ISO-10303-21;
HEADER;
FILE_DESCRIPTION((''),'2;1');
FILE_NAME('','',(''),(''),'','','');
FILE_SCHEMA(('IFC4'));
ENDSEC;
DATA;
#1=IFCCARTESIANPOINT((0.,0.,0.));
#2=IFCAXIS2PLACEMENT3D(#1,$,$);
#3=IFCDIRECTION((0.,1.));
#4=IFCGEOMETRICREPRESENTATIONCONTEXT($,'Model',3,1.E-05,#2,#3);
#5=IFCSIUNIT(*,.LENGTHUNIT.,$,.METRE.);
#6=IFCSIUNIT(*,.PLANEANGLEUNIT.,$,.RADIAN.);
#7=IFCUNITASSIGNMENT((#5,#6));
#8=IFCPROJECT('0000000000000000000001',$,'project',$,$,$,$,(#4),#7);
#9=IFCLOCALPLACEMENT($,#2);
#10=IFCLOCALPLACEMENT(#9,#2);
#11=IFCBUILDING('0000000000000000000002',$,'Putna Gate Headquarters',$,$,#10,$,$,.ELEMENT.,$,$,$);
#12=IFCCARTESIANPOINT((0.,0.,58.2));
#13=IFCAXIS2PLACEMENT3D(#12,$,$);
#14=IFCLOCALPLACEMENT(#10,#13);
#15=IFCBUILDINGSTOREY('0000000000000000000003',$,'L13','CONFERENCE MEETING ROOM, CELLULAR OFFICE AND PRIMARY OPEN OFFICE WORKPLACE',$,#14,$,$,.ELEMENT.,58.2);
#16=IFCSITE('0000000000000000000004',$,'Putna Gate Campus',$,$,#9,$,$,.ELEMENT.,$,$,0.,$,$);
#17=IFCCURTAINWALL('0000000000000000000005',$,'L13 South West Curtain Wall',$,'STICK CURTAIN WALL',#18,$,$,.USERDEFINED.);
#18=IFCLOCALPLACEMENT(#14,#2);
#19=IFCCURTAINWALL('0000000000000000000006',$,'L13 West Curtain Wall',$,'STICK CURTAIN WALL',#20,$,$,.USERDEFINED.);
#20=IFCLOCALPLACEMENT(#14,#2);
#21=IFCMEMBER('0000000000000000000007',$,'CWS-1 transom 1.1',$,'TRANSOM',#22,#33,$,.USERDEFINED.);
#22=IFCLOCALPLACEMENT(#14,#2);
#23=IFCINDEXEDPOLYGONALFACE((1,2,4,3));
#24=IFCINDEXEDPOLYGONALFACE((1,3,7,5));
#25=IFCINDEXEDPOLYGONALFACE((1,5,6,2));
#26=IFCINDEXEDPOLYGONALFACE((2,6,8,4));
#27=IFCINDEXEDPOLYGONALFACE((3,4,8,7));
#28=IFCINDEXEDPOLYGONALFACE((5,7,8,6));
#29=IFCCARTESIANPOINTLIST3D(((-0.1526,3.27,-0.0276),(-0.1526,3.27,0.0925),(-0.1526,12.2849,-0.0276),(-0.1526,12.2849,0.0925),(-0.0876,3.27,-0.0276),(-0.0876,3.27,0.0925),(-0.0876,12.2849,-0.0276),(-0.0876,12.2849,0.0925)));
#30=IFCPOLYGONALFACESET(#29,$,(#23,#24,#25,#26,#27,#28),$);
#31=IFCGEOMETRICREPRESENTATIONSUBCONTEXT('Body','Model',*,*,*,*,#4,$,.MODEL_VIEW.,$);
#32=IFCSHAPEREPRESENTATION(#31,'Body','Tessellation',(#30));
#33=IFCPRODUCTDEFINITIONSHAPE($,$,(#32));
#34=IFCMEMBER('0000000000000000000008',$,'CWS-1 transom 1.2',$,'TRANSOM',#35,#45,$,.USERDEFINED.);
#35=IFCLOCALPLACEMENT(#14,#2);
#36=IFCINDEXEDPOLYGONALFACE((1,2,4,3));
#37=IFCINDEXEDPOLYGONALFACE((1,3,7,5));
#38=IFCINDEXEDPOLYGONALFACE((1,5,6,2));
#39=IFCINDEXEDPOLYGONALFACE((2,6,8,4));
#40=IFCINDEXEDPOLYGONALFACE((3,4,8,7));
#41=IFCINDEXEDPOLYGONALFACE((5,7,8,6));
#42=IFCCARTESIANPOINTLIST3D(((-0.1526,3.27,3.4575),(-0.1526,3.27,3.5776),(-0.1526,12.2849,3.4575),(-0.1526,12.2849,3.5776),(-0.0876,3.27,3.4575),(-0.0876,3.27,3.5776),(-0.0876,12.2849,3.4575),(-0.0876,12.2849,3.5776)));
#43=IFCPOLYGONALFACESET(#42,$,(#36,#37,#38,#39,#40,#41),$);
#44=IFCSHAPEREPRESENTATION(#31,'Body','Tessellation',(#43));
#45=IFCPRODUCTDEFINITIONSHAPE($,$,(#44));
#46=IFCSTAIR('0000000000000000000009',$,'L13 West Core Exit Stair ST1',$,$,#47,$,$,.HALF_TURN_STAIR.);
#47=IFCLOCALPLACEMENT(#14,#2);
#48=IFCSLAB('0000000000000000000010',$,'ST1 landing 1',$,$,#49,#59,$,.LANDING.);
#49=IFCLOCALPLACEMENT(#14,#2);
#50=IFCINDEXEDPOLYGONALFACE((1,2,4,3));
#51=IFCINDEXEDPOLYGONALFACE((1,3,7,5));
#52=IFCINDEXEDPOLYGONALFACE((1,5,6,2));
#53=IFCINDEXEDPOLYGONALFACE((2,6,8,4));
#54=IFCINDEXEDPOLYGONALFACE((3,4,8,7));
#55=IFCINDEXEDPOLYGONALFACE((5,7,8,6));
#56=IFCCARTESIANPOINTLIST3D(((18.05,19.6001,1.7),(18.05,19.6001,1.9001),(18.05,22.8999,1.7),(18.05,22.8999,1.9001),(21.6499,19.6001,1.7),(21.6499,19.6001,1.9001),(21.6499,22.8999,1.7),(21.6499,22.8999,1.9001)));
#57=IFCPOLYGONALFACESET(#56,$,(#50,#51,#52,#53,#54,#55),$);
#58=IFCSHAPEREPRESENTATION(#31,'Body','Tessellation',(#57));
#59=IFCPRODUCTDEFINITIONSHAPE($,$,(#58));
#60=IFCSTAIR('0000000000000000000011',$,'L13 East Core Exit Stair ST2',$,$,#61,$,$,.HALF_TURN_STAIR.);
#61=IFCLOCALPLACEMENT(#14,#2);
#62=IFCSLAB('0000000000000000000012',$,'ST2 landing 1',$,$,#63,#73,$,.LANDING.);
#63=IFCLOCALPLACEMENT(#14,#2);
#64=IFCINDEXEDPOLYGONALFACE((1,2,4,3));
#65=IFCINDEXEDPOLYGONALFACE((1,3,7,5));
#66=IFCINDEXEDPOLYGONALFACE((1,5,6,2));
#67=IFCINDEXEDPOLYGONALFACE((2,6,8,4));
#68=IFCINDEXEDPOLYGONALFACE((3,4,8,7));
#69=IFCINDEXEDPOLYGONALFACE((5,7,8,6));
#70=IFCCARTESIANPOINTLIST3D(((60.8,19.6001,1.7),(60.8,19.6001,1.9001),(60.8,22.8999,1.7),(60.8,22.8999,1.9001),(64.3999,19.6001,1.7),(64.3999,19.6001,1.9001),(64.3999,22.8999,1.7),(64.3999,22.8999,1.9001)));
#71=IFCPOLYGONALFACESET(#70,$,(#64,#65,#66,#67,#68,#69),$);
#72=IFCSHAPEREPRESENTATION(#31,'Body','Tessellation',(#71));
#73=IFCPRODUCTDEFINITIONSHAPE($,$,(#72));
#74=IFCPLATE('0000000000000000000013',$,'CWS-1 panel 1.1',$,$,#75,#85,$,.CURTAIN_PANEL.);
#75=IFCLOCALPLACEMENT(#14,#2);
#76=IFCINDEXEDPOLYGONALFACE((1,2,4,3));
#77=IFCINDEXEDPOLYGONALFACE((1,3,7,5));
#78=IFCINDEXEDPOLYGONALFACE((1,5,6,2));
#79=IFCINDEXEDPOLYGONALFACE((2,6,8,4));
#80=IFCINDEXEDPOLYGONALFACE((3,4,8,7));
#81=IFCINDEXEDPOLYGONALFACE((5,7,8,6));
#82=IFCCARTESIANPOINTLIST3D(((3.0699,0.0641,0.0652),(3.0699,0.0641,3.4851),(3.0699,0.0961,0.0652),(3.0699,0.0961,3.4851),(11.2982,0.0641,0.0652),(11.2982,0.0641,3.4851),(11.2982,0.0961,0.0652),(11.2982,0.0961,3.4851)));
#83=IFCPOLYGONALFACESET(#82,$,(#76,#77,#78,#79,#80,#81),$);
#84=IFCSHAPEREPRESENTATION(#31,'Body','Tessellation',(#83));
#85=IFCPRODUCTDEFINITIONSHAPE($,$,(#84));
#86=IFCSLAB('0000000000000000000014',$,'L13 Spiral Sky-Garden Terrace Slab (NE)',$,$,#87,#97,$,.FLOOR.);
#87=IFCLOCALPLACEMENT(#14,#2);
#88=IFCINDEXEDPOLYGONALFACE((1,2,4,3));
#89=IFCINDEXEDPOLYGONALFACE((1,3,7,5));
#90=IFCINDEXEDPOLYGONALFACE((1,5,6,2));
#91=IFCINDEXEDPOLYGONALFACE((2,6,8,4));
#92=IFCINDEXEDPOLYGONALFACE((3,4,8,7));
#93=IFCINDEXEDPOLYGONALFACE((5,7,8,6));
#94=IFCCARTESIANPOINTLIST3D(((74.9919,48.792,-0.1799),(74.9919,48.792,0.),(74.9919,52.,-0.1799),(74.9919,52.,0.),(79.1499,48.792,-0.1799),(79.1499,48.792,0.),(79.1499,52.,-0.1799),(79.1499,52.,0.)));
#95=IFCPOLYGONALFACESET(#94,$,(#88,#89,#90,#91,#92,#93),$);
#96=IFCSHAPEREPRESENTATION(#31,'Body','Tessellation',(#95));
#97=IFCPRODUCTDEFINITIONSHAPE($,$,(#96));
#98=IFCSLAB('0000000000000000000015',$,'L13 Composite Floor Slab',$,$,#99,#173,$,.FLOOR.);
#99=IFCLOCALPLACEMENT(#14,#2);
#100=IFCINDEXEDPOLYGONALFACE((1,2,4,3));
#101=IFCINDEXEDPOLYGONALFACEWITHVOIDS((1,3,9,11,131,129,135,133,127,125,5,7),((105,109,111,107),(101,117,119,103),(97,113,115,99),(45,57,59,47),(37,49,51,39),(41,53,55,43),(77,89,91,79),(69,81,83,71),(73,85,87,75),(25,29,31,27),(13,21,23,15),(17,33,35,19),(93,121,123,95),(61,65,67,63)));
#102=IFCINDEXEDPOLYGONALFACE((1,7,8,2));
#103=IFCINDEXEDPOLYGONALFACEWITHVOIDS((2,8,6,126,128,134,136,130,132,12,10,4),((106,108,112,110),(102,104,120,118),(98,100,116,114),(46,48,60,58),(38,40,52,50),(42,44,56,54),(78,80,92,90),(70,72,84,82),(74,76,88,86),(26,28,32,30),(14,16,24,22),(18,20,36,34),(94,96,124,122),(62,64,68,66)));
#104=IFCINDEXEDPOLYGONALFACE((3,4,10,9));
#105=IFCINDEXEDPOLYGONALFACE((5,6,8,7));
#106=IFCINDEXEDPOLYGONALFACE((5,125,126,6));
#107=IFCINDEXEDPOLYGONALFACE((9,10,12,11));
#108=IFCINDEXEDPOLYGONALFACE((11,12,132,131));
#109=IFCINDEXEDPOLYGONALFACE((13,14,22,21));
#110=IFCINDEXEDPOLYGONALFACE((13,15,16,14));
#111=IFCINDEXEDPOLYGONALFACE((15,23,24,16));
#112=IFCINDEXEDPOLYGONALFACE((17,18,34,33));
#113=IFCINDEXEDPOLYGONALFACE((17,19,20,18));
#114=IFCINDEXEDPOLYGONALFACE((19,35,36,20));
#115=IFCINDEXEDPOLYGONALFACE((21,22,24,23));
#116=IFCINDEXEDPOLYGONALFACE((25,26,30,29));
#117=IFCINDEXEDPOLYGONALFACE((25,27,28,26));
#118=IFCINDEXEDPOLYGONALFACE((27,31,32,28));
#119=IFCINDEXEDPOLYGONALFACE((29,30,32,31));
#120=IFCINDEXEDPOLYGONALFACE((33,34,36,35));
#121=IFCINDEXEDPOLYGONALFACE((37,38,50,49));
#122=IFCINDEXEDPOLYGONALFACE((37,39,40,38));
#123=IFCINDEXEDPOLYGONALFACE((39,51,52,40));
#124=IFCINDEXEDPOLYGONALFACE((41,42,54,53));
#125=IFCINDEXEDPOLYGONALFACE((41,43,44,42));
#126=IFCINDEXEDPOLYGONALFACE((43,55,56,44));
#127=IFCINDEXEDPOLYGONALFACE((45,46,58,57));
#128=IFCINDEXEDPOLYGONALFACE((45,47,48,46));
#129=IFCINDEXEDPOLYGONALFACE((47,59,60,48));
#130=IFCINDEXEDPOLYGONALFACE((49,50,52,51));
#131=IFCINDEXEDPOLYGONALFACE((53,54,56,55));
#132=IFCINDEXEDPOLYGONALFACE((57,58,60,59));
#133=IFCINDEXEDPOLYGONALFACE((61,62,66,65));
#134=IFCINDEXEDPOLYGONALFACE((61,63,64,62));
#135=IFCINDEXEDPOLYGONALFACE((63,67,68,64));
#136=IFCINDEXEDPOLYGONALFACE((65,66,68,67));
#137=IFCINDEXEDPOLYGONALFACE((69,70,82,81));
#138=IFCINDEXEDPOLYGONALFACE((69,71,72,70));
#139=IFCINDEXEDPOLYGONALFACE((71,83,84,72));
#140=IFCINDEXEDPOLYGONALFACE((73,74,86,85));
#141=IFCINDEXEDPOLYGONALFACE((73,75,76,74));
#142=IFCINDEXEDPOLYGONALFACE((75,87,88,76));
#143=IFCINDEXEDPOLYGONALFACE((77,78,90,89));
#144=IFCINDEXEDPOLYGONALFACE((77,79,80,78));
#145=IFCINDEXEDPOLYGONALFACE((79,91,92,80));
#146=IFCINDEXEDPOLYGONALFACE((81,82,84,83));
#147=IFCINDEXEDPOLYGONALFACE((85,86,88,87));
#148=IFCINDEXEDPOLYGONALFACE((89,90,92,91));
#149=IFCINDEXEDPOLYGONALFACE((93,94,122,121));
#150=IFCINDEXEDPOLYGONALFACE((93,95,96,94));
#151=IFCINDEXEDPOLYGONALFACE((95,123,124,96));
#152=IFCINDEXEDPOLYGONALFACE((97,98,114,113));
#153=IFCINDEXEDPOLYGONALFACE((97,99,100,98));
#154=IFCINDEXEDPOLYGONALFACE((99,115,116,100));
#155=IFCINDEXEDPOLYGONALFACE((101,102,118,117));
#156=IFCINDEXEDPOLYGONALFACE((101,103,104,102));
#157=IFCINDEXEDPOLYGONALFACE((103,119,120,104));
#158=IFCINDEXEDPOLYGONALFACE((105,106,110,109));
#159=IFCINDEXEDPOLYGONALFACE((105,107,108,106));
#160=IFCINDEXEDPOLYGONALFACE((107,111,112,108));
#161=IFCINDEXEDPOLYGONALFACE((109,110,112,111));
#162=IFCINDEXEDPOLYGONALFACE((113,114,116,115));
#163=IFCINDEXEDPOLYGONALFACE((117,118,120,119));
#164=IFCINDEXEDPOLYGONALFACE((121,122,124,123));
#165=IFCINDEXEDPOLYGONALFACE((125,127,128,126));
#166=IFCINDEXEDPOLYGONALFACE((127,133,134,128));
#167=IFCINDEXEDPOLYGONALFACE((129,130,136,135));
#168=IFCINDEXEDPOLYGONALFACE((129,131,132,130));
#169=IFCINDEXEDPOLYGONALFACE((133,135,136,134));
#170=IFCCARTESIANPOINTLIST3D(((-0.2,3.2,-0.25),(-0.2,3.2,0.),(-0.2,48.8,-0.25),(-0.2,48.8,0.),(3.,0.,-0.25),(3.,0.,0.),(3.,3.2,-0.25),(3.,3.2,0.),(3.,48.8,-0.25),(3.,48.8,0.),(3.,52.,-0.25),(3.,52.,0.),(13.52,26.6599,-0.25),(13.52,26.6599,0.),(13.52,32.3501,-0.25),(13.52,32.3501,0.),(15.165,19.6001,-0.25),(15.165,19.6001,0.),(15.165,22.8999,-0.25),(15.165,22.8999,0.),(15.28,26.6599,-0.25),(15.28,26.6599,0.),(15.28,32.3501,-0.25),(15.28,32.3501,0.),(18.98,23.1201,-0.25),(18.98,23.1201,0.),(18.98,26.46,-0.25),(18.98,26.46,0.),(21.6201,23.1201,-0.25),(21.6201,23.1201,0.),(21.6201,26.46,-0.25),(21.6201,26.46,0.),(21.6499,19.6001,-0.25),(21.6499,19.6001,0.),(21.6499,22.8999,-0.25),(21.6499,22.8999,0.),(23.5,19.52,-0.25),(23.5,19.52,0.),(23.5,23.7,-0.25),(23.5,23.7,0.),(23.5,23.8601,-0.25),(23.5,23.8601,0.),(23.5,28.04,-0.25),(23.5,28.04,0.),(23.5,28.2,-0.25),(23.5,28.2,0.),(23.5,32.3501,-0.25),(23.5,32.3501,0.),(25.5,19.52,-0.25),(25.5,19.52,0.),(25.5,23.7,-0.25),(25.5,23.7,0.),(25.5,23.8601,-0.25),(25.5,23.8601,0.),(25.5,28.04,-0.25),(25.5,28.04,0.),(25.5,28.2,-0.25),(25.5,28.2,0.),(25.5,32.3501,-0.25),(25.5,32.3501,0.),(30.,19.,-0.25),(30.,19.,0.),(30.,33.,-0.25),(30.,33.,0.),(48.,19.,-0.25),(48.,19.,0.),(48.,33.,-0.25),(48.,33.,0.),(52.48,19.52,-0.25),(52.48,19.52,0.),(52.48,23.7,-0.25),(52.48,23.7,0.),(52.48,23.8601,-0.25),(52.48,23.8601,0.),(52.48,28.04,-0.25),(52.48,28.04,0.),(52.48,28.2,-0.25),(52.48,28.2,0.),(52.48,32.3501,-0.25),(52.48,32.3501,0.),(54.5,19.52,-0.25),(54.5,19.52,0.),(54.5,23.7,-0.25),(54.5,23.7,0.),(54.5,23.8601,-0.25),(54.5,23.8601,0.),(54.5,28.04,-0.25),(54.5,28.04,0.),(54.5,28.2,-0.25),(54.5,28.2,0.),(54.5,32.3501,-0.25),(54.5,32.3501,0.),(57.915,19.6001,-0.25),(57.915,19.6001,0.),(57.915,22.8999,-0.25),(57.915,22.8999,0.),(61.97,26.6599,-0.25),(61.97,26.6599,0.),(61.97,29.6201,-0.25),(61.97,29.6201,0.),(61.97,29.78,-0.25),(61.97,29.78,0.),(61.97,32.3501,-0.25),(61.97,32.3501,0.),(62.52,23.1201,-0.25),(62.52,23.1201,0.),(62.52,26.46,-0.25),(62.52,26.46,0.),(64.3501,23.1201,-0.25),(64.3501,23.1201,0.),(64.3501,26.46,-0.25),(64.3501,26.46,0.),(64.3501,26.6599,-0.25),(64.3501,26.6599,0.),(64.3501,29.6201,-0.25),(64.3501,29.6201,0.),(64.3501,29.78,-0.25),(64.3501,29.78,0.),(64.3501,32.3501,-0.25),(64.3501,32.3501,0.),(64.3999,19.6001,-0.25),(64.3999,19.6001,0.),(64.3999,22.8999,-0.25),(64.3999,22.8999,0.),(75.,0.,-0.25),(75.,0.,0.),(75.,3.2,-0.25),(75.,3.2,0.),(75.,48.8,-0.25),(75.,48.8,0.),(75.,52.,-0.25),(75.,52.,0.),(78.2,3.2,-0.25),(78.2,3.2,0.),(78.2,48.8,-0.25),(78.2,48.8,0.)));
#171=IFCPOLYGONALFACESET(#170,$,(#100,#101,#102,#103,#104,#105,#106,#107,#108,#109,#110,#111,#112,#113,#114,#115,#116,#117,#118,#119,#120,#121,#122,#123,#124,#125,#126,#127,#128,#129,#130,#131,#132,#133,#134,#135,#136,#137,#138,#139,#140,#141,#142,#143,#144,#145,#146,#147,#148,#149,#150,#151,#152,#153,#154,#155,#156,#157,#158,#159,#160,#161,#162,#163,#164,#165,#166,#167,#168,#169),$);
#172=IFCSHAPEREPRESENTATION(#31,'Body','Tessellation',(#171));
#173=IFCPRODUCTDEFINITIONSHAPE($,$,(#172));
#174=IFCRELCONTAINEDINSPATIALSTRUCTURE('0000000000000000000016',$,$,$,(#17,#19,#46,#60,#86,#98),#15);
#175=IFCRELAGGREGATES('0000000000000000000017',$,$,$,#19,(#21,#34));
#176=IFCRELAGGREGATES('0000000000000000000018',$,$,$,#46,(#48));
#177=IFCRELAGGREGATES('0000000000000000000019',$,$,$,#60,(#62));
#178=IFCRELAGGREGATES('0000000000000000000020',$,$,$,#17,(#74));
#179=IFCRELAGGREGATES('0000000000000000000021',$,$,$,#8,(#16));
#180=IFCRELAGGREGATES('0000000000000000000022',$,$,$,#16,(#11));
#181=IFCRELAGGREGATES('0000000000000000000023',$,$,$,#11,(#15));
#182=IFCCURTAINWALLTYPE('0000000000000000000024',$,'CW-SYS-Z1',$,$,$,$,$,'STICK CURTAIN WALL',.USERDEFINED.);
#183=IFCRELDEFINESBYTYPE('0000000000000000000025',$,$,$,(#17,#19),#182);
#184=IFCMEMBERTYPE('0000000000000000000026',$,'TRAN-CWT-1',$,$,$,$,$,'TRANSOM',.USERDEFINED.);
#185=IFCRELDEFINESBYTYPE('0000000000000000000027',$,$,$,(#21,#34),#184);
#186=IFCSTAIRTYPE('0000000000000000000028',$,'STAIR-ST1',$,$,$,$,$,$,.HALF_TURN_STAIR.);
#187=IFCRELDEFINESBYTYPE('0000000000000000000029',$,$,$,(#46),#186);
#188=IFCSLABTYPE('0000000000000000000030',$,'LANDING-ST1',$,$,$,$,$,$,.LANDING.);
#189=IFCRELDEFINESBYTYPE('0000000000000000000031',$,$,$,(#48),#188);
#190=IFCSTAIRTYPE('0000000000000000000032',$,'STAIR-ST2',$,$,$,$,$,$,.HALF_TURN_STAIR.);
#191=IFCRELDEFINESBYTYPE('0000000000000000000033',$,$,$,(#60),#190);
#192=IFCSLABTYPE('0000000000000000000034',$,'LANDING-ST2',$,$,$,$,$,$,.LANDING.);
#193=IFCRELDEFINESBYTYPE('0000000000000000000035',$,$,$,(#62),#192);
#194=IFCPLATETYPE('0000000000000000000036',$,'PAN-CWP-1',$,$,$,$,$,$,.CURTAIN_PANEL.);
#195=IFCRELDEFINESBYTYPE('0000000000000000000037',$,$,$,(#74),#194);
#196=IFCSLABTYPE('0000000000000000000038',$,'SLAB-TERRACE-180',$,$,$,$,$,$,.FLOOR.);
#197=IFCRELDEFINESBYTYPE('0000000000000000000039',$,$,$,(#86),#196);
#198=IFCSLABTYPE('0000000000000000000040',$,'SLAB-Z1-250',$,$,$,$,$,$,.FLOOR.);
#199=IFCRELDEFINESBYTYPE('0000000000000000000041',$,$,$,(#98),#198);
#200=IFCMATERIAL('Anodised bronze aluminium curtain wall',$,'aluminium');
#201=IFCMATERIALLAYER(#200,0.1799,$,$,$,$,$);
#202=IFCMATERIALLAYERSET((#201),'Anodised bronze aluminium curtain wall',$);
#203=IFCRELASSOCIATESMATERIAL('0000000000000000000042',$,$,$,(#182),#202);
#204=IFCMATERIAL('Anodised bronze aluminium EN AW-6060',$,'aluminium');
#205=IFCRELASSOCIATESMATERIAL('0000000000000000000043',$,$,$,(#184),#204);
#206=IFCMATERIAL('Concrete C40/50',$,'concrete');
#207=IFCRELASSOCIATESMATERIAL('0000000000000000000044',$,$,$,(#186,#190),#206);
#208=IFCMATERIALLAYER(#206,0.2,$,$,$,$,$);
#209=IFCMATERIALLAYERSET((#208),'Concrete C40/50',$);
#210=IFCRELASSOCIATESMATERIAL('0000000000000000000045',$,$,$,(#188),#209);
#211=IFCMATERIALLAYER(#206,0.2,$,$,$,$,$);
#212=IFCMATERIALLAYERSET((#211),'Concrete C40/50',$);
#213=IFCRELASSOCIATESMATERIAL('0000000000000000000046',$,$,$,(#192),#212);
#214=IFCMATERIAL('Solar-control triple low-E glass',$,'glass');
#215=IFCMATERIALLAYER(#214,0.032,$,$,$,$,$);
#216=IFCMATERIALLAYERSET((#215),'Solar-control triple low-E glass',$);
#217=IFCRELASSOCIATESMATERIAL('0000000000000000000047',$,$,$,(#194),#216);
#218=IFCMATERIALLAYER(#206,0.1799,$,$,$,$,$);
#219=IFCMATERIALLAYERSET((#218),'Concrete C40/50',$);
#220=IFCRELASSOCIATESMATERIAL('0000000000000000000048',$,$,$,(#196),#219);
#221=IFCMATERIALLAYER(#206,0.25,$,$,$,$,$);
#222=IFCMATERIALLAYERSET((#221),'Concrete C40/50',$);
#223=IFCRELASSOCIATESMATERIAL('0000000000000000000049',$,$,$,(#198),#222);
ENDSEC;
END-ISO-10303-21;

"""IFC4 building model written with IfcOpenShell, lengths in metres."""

from ifc_helpers import new_model, si_unit, direction, frame, origin, origin_2d, place, context, subcontext, project, spatial, polyline, rectangle, outline, extrude, material, layer, layer_set, material_profile, profile_set, type_object, element, aggregate, save


model = new_model("IFC4")

# Units and contexts
model_context = context("Model", 3, precision=1e-05, world=origin(), true_north=direction((0.0, 1.0)))
body_context = subcontext(model_context, "Body", "Model", "MODEL_VIEW")
ifc_project = project(units=[si_unit("LENGTHUNIT", "METRE"), si_unit("PLANEANGLEUNIT", "RADIAN")], contexts=[model_context])

# Site, building, storey
site_placement = place(None, origin())
site = spatial("IfcSite", under=ifc_project, at=site_placement, Name="Putna Gate Campus", CompositionType="ELEMENT", RefElevation=0.0)
building_placement = place(site_placement, origin())
building = spatial("IfcBuilding", under=site, at=building_placement, Name="Putna Gate Headquarters", CompositionType="ELEMENT")
storey_placement = place(building_placement, frame((0.0, 0.0, 58.2)))
storey = spatial("IfcBuildingStorey", under=building, at=storey_placement, Name="L13", Description="CONFERENCE MEETING ROOM, CELLULAR OFFICE AND PRIMARY OPEN OFFICE WORKPLACE", CompositionType="ELEMENT", Elevation=58.2)

# Curtain wall
ifc_material_1 = material(Name="Anodised bronze aluminium curtain wall", Category="aluminium")
ifc_layer_1 = layer(ifc_material_1, 0.1799)
ifc_layer_set_1 = layer_set([ifc_layer_1], Name="Anodised bronze aluminium curtain wall")
curtain_wall_type = type_object("IfcCurtainWallType", Name="CW-SYS-Z1", ElementType="STICK CURTAIN WALL", PredefinedType="USERDEFINED", material=ifc_layer_set_1)
curtain_wall_1_placement = place(storey_placement, origin())
curtain_wall_1 = element("IfcCurtainWall", 1, at=curtain_wall_1_placement, inside=storey, type_object=curtain_wall_type, Name="L13 South West Curtain Wall", ObjectType="STICK CURTAIN WALL", PredefinedType="USERDEFINED")
ifc_material_2 = material(Name="Anodised bronze aluminium EN AW-6060", Category="aluminium")

# Curtain wall
curtain_wall_2_placement = place(storey_placement, origin())
curtain_wall_2 = element("IfcCurtainWall", 2, at=curtain_wall_2_placement, inside=storey, type_object=curtain_wall_type, Name="L13 West Curtain Wall", ObjectType="STICK CURTAIN WALL", PredefinedType="USERDEFINED")

# Members
ifc_material_profile_1 = material_profile(ifc_material_2, rectangle(XDim=0.0649, YDim=0.1201, at=origin_2d()), Name="Anodised bronze aluminium EN AW-6060")
ifc_profile_set_1 = profile_set([ifc_material_profile_1], Name="Anodised bronze aluminium EN AW-6060")
member_type_1 = type_object("IfcMemberType", Name="TRAN-CWT-1", ElementType="TRANSOM", PredefinedType="USERDEFINED", material=ifc_profile_set_1)
member_1_placement = place(storey_placement, frame((-0.1201, 3.27, 0.0325), z_axis=(0.0, 1.0, 0.0), x_axis=(-1.0, 0.0, 0.0)))
member_1 = element("IfcMember", 3, at=member_1_placement, type_object=member_type_1, Name="CWS-1 transom 1.1", ObjectType="TRANSOM", PredefinedType="USERDEFINED", context=body_context, shape_type="SweptSolid", body=[
    extrude(rectangle(XDim=0.0649, YDim=0.1201, at=origin_2d()), origin(), (0.0, 0.0, 1.0), 9.0149),
])
member_2_placement = place(storey_placement, frame((-0.1201, 3.27, 3.5176), z_axis=(0.0, 1.0, 0.0), x_axis=(-1.0, 0.0, 0.0)))
member_2 = element("IfcMember", 4, at=member_2_placement, type_object=member_type_1, Name="CWS-1 transom 1.2", ObjectType="TRANSOM", PredefinedType="USERDEFINED", context=body_context, shape_type="SweptSolid", body=[
    extrude(rectangle(XDim=0.0649, YDim=0.1201, at=origin_2d()), origin(), (0.0, 0.0, 1.0), 9.0149),
])
aggregate(curtain_wall_2, [member_1, member_2])

# Stairs, slabs
ifc_material_3 = material(Name="Concrete C40/50", Category="concrete")
stair_type_1 = type_object("IfcStairType", Name="STAIR-ST1", PredefinedType="HALF_TURN_STAIR", material=ifc_material_3)
stair_1_placement = place(storey_placement, origin())
stair_1 = element("IfcStair", 5, at=stair_1_placement, inside=storey, type_object=stair_type_1, Name="L13 West Core Exit Stair ST1", PredefinedType="HALF_TURN_STAIR")
ifc_layer_2 = layer(ifc_material_3, 0.2)
ifc_layer_set_2 = layer_set([ifc_layer_2], Name="Concrete C40/50")
slab_type_1 = type_object("IfcSlabType", Name="LANDING-ST1", PredefinedType="LANDING", material=ifc_layer_set_2)
slab_1_placement = place(storey_placement, frame((0.0, 0.0, 1.7)))
slab_1 = element("IfcSlab", 6, at=slab_1_placement, type_object=slab_type_1, Name="ST1 landing 1", PredefinedType="LANDING", context=body_context, shape_type="SweptSolid", body=[
    extrude(outline(polyline([(18.05, 19.6001), (21.6499, 19.6001), (21.6499, 22.8999), (18.05, 22.8999), (18.05, 19.6001)])), origin(), (0.0, 0.0, 1.0), 0.2002),
])
aggregate(stair_1, [slab_1])
stair_type_2 = type_object("IfcStairType", Name="STAIR-ST2", PredefinedType="HALF_TURN_STAIR", material=ifc_material_3)
stair_2_placement = place(storey_placement, origin())
stair_2 = element("IfcStair", 7, at=stair_2_placement, inside=storey, type_object=stair_type_2, Name="L13 East Core Exit Stair ST2", PredefinedType="HALF_TURN_STAIR")
ifc_layer_3 = layer(ifc_material_3, 0.2)
ifc_layer_set_3 = layer_set([ifc_layer_3], Name="Concrete C40/50")
slab_type_2 = type_object("IfcSlabType", Name="LANDING-ST2", PredefinedType="LANDING", material=ifc_layer_set_3)
slab_2_placement = place(storey_placement, frame((0.0, 0.0, 1.7)))
slab_2 = element("IfcSlab", 8, at=slab_2_placement, type_object=slab_type_2, Name="ST2 landing 1", PredefinedType="LANDING", context=body_context, shape_type="SweptSolid", body=[
    extrude(outline(polyline([(60.8, 19.6001), (64.3999, 19.6001), (64.3999, 22.8999), (60.8, 22.8999), (60.8, 19.6001)])), origin(), (0.0, 0.0, 1.0), 0.2002),
])
aggregate(stair_2, [slab_2])

# Plate
ifc_material_4 = material(Name="Solar-control triple low-E glass", Category="glass")
ifc_layer_4 = layer(ifc_material_4, 0.032)
ifc_layer_set_4 = layer_set([ifc_layer_4], Name="Solar-control triple low-E glass")
plate_type = type_object("IfcPlateType", Name="PAN-CWP-1", PredefinedType="CURTAIN_PANEL", material=ifc_layer_set_4)
plate_placement = place(storey_placement, frame((7.1841, 0.0801, 0.0652), z_axis=(0.0, 0.0, 1.0), x_axis=(1.0, 0.0, 0.0)))
plate = element("IfcPlate", 9, at=plate_placement, type_object=plate_type, Name="CWS-1 panel 1.1", PredefinedType="CURTAIN_PANEL", context=body_context, shape_type="SweptSolid", body=[
    extrude(rectangle(XDim=8.2283, YDim=0.032, at=origin_2d()), origin(), (0.0, 0.0, 1.0), 3.4199),
])
aggregate(curtain_wall_1, [plate])

# Slabs
ifc_layer_5 = layer(ifc_material_3, 0.1799)
ifc_layer_set_5 = layer_set([ifc_layer_5], Name="Concrete C40/50")
slab_type_3 = type_object("IfcSlabType", Name="SLAB-TERRACE-180", PredefinedType="FLOOR", material=ifc_layer_set_5)
slab_3_placement = place(storey_placement, frame((0.0, 0.0, -0.1799)))
element("IfcSlab", 10, at=slab_3_placement, inside=storey, type_object=slab_type_3, Name="L13 Spiral Sky-Garden Terrace Slab (NE)", PredefinedType="FLOOR", context=body_context, shape_type="SweptSolid", body=[
    extrude(outline(polyline([(74.9919, 48.792), (79.1499, 48.792), (79.1499, 52.0), (74.9919, 52.0), (74.9919, 48.792)])), origin(), (0.0, 0.0, 1.0), 0.1799),
])
ifc_layer_6 = layer(ifc_material_3, 0.25)
ifc_layer_set_6 = layer_set([ifc_layer_6], Name="Concrete C40/50")
slab_type_4 = type_object("IfcSlabType", Name="SLAB-Z1-250", PredefinedType="FLOOR", material=ifc_layer_set_6)
slab_4_placement = place(storey_placement, frame((0.0, 0.0, -0.25)))
element("IfcSlab", 11, at=slab_4_placement, inside=storey, type_object=slab_type_4, Name="L13 Composite Floor Slab", PredefinedType="FLOOR", context=body_context, shape_type="SweptSolid", body=[
    extrude(outline(polyline([(3.0, 0.0), (75.0, 0.0), (75.0, 3.2), (78.2, 3.2), (78.2, 48.8), (75.0, 48.8), (75.0, 52.0), (3.0, 52.0), (3.0, 48.8), (-0.2, 48.8), (-0.2, 3.2), (3.0, 3.2), (3.0, 0.0)]), holes=[polyline([(15.165, 19.6001), (21.6499, 19.6001), (21.6499, 22.8999), (15.165, 22.8999), (15.165, 19.6001)]), polyline([(57.915, 19.6001), (64.3999, 19.6001), (64.3999, 22.8999), (57.915, 22.8999), (57.915, 19.6001)]), polyline([(13.52, 26.6599), (15.28, 26.6599), (15.28, 32.3501), (13.52, 32.3501), (13.52, 26.6599)]), polyline([(61.97, 29.78), (64.3501, 29.78), (64.3501, 32.3501), (61.97, 32.3501), (61.97, 29.78)]), polyline([(18.98, 23.1201), (21.6201, 23.1201), (21.6201, 26.46), (18.98, 26.46), (18.98, 23.1201)]), polyline([(62.52, 23.1201), (64.3501, 23.1201), (64.3501, 26.46), (62.52, 26.46), (62.52, 23.1201)]), polyline([(61.97, 26.6599), (64.3501, 26.6599), (64.3501, 29.6201), (61.97, 29.6201), (61.97, 26.6599)]), polyline([(23.5, 19.52), (25.5, 19.52), (25.5, 23.7), (23.5, 23.7), (23.5, 19.52)]), polyline([(52.48, 19.52), (54.5, 19.52), (54.5, 23.7), (52.48, 23.7), (52.48, 19.52)]), polyline([(23.5, 23.8601), (25.5, 23.8601), (25.5, 28.04), (23.5, 28.04), (23.5, 23.8601)]), polyline([(52.48, 23.8601), (54.5, 23.8601), (54.5, 28.04), (52.48, 28.04), (52.48, 23.8601)]), polyline([(23.5, 28.2), (25.5, 28.2), (25.5, 32.3501), (23.5, 32.3501), (23.5, 28.2)]), polyline([(52.48, 28.2), (54.5, 28.2), (54.5, 32.3501), (52.48, 32.3501), (52.48, 28.2)]), polyline([(30.0, 19.0), (48.0, 19.0), (48.0, 33.0), (30.0, 33.0), (30.0, 19.0)])]), origin(), (0.0, 0.0, 1.0), 0.25),
])

save(model, "model.ifc")
